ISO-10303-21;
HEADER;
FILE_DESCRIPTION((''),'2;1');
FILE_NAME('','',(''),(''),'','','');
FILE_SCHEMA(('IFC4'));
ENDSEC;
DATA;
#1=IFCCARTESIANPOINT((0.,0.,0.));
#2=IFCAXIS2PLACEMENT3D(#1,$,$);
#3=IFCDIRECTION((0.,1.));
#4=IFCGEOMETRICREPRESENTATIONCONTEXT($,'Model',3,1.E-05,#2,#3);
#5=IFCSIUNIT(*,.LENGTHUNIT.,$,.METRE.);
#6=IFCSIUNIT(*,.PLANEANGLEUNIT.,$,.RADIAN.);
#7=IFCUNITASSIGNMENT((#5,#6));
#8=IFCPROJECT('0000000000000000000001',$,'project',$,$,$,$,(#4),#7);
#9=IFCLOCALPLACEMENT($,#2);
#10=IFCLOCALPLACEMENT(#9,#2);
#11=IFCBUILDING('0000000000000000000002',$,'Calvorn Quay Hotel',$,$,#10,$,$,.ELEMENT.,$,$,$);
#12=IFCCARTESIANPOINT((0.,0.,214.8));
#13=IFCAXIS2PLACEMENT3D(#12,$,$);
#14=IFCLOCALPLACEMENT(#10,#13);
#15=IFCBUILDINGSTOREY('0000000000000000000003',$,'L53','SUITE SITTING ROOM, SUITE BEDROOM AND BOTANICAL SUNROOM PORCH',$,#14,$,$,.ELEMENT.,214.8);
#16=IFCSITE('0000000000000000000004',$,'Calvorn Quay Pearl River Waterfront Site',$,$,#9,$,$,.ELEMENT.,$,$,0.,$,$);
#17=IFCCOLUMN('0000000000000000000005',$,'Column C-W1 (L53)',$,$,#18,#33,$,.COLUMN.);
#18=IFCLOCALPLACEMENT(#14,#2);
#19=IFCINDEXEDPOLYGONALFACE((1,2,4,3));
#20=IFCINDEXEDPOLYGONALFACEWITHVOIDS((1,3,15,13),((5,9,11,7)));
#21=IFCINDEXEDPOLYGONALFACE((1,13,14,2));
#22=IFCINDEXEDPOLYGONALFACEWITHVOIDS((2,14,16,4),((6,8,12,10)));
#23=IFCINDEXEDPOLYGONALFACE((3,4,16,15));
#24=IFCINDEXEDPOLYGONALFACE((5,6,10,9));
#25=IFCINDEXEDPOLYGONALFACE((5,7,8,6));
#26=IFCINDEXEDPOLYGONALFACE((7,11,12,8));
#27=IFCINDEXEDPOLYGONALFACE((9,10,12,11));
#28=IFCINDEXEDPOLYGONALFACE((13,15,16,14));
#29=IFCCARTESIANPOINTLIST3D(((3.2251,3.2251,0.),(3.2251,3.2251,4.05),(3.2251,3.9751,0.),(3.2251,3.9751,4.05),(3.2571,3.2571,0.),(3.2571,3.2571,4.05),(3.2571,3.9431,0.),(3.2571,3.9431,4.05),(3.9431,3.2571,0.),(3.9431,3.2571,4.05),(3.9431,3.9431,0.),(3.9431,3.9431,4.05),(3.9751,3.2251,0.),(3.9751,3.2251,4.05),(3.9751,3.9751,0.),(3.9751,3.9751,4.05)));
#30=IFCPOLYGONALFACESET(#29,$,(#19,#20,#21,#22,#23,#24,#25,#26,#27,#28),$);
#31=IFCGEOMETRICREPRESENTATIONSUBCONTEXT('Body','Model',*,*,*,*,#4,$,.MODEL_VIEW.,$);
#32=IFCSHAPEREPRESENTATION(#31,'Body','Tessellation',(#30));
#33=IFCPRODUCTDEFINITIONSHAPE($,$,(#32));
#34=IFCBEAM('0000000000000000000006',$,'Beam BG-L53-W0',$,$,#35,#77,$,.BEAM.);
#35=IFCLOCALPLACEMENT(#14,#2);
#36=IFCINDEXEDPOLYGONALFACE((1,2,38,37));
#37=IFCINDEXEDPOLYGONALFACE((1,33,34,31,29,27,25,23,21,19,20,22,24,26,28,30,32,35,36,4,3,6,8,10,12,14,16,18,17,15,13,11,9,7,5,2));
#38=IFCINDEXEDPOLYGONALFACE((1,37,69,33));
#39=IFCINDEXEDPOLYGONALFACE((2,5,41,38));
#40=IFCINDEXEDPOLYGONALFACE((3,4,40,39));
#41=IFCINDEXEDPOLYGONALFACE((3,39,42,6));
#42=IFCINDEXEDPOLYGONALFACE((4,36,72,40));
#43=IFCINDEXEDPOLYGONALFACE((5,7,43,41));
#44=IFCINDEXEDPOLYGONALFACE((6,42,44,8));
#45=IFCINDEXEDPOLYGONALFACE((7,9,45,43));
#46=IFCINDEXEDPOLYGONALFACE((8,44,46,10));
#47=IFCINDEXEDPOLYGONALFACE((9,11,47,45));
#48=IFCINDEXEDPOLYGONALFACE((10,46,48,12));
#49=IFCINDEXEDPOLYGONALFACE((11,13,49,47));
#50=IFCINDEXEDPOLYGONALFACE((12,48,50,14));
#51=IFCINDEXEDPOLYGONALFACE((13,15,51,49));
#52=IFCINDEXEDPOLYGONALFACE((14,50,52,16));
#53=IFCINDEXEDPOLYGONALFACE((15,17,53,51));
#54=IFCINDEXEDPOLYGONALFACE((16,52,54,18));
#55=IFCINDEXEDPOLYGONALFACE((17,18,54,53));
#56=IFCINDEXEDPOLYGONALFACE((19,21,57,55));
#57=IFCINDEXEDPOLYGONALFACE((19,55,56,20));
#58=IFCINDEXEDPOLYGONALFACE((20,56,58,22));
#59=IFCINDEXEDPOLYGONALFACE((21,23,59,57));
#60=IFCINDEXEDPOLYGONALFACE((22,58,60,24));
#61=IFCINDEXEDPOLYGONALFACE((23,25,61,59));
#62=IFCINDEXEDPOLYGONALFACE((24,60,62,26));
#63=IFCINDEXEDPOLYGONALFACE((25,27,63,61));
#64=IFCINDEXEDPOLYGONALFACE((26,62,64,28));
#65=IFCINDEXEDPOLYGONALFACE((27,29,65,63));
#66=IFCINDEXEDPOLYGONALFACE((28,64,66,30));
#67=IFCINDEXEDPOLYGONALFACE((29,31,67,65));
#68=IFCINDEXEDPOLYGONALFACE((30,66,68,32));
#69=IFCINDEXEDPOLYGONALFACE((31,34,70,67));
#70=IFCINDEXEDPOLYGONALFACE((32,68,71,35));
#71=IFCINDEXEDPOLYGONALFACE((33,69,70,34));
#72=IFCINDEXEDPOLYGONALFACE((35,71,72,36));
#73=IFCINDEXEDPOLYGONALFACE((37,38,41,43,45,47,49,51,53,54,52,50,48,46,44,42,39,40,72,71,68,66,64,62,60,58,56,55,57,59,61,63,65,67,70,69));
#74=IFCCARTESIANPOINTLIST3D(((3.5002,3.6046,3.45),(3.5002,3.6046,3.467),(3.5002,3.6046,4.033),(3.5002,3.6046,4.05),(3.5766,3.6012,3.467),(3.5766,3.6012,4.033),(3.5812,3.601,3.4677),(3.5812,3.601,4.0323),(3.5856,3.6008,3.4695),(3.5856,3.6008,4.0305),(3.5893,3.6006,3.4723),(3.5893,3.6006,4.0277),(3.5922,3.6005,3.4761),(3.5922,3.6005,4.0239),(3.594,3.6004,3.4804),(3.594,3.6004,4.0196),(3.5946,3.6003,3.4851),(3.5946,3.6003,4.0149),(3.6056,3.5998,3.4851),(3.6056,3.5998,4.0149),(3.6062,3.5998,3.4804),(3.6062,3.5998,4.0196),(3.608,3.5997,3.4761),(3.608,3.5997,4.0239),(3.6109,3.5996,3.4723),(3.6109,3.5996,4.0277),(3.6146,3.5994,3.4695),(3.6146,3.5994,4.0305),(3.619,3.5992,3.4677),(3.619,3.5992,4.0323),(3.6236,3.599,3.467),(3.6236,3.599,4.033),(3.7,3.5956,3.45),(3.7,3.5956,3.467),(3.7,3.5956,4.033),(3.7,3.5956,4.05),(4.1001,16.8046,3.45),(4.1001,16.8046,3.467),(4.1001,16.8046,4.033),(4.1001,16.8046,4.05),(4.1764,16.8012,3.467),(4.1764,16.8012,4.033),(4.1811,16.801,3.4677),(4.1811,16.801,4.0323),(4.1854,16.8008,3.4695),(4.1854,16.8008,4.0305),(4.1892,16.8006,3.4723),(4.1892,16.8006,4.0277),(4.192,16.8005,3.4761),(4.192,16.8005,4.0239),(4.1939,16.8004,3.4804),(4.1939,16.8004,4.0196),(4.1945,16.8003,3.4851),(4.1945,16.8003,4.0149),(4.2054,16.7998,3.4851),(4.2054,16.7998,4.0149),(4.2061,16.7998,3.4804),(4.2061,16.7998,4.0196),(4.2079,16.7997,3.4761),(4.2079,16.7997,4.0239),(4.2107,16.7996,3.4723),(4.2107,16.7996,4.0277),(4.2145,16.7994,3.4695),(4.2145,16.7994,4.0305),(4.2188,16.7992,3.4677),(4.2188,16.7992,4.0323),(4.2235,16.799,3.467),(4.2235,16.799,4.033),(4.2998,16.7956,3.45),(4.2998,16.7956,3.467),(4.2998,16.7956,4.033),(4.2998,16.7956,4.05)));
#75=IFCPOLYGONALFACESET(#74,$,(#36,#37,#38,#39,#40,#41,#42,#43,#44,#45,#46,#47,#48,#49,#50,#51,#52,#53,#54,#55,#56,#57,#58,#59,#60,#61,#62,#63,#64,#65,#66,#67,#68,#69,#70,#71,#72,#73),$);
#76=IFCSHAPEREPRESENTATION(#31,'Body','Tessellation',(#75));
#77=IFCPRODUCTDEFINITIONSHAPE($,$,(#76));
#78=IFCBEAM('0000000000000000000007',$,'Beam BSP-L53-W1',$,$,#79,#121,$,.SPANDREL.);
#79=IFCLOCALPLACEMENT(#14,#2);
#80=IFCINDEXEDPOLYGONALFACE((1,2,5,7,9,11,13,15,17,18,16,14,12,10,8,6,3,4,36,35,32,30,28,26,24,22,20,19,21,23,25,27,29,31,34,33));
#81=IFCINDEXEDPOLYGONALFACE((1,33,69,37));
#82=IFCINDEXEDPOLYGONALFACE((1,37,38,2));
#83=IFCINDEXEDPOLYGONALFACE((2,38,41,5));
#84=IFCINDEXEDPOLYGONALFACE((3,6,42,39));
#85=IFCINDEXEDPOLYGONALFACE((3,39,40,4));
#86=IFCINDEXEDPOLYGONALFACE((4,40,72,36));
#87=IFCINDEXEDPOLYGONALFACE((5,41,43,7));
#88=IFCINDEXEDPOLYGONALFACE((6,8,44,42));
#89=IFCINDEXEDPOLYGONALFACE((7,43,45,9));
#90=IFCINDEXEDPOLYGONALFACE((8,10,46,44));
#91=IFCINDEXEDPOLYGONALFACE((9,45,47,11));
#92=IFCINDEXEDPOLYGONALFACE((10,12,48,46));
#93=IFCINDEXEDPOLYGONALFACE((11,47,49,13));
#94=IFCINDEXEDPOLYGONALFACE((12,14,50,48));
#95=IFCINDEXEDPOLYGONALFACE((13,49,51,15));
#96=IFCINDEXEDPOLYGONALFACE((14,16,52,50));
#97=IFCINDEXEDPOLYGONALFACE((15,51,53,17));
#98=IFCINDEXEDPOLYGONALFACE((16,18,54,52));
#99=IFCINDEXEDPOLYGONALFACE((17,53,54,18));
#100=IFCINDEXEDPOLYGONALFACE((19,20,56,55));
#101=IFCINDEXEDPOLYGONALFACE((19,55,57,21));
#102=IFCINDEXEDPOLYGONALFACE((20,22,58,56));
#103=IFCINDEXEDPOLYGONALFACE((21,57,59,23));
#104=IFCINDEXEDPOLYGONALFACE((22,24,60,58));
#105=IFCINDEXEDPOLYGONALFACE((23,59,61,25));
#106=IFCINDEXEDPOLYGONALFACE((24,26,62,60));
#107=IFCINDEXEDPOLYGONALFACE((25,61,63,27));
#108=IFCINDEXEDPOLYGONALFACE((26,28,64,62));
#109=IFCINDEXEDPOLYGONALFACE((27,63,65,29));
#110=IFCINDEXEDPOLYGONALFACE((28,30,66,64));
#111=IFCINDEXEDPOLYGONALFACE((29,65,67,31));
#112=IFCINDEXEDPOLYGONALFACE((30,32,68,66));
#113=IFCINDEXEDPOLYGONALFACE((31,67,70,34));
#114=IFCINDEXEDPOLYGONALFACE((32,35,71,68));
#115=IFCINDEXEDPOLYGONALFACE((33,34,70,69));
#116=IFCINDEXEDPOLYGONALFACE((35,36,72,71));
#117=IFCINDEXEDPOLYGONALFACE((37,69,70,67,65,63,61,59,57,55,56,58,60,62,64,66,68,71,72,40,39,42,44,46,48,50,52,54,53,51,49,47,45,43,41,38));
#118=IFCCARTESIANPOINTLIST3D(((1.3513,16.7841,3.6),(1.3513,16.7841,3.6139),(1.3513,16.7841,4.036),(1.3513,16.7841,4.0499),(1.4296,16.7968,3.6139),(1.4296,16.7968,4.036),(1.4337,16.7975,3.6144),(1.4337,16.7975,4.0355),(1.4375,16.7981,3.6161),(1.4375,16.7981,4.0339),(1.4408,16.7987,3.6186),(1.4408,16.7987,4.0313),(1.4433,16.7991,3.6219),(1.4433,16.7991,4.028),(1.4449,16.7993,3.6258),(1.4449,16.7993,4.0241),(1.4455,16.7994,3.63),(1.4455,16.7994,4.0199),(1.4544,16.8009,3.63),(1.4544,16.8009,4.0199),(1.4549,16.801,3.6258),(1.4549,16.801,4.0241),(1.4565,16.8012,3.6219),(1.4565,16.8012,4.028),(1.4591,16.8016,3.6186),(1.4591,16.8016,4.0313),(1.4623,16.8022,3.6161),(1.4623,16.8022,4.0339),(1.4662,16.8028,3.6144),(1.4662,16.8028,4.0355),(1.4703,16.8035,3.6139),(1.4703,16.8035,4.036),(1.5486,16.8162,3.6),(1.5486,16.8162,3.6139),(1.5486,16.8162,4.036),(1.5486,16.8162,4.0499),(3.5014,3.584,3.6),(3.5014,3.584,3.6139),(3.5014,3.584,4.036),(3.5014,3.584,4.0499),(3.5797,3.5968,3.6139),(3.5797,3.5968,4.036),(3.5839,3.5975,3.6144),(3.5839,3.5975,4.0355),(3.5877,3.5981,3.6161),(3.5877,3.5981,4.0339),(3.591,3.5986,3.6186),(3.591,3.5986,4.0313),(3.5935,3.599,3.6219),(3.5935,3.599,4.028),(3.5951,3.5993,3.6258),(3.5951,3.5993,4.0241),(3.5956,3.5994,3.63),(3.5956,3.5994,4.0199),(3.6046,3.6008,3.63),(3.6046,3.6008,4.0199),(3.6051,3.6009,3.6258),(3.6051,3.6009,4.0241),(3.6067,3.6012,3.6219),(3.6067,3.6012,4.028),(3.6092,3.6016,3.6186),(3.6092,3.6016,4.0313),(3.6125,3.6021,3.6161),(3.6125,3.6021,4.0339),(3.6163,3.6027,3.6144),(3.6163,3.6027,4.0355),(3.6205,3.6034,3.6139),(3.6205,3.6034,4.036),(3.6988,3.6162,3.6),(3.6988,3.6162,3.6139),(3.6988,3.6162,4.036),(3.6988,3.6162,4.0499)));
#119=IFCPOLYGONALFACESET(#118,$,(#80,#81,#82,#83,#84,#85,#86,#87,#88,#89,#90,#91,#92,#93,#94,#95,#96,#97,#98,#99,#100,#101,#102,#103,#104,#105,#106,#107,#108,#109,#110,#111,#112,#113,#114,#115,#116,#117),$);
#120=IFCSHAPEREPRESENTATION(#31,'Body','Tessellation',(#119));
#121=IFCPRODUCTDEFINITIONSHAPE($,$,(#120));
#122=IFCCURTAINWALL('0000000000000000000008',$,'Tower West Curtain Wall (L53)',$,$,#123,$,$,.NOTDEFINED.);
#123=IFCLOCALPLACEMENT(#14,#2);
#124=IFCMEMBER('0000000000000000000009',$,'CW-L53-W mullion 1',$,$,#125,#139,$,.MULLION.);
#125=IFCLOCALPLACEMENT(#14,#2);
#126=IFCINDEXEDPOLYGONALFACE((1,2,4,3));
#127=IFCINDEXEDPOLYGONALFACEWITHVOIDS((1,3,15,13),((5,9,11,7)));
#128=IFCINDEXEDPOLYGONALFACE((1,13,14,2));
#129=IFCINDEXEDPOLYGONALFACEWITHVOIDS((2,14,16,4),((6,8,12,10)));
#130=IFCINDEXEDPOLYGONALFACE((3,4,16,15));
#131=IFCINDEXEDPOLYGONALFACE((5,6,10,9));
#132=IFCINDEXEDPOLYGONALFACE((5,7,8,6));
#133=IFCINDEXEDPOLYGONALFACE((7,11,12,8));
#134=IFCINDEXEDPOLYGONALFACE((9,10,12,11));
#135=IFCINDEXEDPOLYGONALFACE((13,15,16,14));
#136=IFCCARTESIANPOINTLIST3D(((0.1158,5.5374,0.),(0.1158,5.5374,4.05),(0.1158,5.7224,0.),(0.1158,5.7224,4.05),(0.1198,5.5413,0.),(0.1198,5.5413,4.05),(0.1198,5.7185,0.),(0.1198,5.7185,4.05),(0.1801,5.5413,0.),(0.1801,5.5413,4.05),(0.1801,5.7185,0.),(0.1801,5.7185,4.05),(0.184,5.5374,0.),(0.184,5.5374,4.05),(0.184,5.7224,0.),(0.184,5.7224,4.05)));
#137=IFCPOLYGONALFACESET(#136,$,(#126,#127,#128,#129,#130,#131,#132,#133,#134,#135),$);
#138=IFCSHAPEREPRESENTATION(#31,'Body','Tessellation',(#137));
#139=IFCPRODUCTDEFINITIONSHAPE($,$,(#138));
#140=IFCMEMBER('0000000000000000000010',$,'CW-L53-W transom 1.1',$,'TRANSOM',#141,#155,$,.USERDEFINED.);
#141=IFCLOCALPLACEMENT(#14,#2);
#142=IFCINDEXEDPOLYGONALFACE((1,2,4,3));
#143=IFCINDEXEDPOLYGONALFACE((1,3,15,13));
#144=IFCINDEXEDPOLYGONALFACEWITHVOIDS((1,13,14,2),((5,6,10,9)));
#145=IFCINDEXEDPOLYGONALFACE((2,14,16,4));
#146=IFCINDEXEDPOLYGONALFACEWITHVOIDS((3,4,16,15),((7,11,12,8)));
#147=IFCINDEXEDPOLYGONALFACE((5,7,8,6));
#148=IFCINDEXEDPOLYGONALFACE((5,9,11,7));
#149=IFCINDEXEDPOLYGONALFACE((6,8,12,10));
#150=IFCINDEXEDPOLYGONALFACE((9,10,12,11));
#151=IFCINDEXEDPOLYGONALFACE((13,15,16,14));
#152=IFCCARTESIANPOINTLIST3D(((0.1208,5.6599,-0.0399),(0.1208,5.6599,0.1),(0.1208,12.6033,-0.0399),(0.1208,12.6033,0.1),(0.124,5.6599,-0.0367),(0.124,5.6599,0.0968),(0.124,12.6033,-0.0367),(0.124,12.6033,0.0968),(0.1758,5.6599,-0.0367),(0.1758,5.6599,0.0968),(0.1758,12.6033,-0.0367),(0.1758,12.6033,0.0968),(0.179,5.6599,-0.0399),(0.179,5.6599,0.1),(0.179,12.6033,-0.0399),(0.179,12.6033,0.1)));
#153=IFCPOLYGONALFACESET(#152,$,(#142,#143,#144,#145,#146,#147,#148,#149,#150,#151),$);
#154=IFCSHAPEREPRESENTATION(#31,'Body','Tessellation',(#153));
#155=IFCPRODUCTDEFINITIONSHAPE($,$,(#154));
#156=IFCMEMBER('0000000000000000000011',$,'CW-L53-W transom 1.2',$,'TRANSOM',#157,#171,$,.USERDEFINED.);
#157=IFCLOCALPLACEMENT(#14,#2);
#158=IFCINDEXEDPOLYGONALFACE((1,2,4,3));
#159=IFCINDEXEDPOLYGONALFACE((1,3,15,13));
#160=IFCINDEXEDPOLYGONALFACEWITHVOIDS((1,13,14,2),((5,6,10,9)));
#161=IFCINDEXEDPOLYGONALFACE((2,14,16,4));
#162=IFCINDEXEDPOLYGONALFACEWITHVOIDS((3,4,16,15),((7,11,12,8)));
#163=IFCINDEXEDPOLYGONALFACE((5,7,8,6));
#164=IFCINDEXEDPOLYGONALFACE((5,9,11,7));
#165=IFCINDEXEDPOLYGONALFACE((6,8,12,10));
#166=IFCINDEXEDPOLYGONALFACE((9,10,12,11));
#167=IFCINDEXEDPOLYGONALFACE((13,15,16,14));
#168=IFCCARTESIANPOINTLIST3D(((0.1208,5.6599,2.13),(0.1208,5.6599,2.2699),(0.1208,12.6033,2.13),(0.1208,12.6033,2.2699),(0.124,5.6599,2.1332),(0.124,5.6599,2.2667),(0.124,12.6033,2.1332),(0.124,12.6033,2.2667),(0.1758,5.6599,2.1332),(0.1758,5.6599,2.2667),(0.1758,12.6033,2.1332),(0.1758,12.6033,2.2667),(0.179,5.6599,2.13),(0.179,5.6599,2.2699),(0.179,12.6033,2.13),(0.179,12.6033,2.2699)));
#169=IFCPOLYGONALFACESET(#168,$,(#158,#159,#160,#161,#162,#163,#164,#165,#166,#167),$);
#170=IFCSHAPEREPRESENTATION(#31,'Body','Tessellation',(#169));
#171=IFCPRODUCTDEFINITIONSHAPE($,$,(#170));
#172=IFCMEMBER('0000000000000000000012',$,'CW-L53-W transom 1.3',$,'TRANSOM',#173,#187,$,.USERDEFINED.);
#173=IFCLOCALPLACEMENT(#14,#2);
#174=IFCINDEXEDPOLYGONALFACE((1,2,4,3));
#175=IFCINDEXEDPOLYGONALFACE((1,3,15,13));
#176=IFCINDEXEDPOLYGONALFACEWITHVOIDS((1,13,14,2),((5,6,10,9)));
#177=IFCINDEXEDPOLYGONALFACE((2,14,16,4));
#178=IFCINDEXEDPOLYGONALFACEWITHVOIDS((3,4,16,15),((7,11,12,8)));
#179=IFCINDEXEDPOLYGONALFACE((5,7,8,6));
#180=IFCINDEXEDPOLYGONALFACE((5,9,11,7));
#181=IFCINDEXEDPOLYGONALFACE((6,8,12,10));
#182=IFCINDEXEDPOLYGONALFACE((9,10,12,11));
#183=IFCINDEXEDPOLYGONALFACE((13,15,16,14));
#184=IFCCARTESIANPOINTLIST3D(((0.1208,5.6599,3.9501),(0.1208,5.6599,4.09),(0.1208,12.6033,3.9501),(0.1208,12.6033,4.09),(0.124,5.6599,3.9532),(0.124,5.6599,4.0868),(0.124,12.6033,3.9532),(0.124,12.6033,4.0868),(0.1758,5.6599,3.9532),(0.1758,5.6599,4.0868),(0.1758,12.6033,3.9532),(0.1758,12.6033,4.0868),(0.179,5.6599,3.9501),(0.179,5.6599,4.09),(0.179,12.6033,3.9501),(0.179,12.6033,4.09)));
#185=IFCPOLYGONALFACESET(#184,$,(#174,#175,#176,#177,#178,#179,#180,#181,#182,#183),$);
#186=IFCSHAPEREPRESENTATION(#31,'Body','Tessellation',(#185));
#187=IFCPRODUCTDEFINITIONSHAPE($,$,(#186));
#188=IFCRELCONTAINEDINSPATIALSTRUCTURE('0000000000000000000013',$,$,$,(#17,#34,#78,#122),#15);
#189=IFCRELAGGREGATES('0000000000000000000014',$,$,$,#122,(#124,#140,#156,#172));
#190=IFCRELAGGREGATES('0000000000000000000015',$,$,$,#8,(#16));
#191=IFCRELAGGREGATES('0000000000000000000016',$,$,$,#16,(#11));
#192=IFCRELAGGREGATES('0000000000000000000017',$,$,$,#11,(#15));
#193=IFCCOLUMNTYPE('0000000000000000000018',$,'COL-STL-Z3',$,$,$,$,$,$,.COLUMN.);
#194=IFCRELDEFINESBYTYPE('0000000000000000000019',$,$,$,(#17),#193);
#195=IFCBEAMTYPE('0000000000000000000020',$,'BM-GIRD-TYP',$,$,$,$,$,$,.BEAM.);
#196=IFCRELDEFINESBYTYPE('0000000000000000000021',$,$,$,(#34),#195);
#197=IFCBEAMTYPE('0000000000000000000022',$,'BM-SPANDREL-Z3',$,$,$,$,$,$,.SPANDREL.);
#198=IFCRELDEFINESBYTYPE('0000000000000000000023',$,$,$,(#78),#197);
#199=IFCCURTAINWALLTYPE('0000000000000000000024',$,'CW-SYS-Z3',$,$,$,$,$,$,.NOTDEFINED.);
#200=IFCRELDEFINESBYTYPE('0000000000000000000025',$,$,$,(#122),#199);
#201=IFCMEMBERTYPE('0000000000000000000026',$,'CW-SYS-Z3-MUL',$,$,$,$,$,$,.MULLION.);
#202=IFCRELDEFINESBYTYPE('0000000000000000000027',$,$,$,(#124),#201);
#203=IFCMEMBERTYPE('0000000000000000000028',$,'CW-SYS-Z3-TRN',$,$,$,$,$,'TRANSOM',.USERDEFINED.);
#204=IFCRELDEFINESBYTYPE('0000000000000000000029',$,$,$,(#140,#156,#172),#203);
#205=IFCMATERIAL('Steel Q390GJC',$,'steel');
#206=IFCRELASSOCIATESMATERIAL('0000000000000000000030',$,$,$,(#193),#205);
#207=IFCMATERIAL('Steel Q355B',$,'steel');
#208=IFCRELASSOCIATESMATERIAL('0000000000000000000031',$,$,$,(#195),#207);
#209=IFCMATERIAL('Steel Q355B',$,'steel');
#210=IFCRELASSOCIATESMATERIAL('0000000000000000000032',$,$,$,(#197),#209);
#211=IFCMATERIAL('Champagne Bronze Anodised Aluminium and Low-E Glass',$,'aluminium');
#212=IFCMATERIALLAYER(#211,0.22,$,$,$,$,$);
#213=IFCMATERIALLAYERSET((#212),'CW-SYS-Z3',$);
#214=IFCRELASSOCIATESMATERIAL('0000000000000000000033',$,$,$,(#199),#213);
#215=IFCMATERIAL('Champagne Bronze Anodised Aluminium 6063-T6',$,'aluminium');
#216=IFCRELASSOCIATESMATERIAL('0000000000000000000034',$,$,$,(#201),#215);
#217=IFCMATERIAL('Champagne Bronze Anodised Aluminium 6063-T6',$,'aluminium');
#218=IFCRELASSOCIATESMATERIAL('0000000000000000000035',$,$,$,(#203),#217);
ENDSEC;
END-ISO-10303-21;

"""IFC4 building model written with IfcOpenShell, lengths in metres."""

from ifc_helpers import new_model, si_unit, direction, frame, origin, origin_2d, place, context, subcontext, project, spatial, hollow_rectangle, i_section, extrude, material, layer, layer_set, material_profile, profile_set, type_object, element, aggregate, save


model = new_model("IFC4")

# Units and contexts
model_context = context("Model", 3, precision=1e-05, world=origin(), true_north=direction((0.0, 1.0)))
body_context = subcontext(model_context, "Body", "Model", "MODEL_VIEW")
ifc_project = project(units=[si_unit("LENGTHUNIT", "METRE"), si_unit("PLANEANGLEUNIT", "RADIAN")], contexts=[model_context])

# Site, building, storey
site_placement = place(None, origin())
site = spatial("IfcSite", under=ifc_project, at=site_placement, Name="Calvorn Quay Pearl River Waterfront Site", CompositionType="ELEMENT", RefElevation=0.0)
building_placement = place(site_placement, origin())
building = spatial("IfcBuilding", under=site, at=building_placement, Name="Calvorn Quay Hotel", CompositionType="ELEMENT")
storey_placement = place(building_placement, frame((0.0, 0.0, 214.8)))
storey = spatial("IfcBuildingStorey", under=building, at=storey_placement, Name="L53", Description="SUITE SITTING ROOM, SUITE BEDROOM AND BOTANICAL SUNROOM PORCH", CompositionType="ELEMENT", Elevation=214.8)

# Column
ifc_material_1 = material(Name="Steel Q390GJC", Category="steel")
ifc_material_profile_1 = material_profile(ifc_material_1, hollow_rectangle(XDim=0.75, YDim=0.75, WallThickness=0.032, at=origin_2d()), Name="BOX750x750x32")
ifc_profile_set_1 = profile_set([ifc_material_profile_1], Name="Steel Q390GJC")
column_type = type_object("IfcColumnType", Name="COL-STL-Z3", PredefinedType="COLUMN", material=ifc_profile_set_1)
column_placement = place(storey_placement, frame((3.6001, 3.6001, 0.0), z_axis=(0.0, 0.0, 1.0), x_axis=(1.0, 0.0, 0.0)))
element("IfcColumn", 1, at=column_placement, inside=storey, type_object=column_type, Name="Column C-W1 (L53)", PredefinedType="COLUMN", context=body_context, shape_type="SweptSolid", body=[
    extrude(hollow_rectangle(XDim=0.75, YDim=0.75, WallThickness=0.032, at=origin_2d()), origin(), (0.0, 0.0, 1.0), 4.05),
])

# Beams
ifc_material_2 = material(Name="Steel Q355B", Category="steel")
ifc_material_profile_2 = material_profile(ifc_material_2, i_section(OverallWidth=0.2, OverallDepth=0.6001, WebThickness=0.011, FlangeThickness=0.0171, FilletRadius=0.0181, at=origin_2d()), Name="HN600x200x11x17")
ifc_profile_set_2 = profile_set([ifc_material_profile_2], Name="Steel Q355B")
beam_type_1 = type_object("IfcBeamType", Name="BM-GIRD-TYP", PredefinedType="BEAM", material=ifc_profile_set_2)
beam_1_placement = place(storey_placement, frame((3.6001, 3.6001, 3.75), z_axis=(0.045397, 0.998969, 0.0), x_axis=(-0.998969, 0.045397, 0.0)))
element("IfcBeam", 2, at=beam_1_placement, inside=storey, type_object=beam_type_1, Name="Beam BG-L53-W0", PredefinedType="BEAM", context=body_context, shape_type="SweptSolid", body=[
    extrude(i_section(OverallWidth=0.2, OverallDepth=0.6001, WebThickness=0.011, FlangeThickness=0.0171, FilletRadius=0.0181, at=origin_2d()), origin(), (0.0, 0.0, 1.0), 13.2136),
])
ifc_material_3 = material(Name="Steel Q355B", Category="steel")
ifc_material_profile_3 = material_profile(ifc_material_3, i_section(OverallWidth=0.2, OverallDepth=0.45, WebThickness=0.009, FlangeThickness=0.0139, FilletRadius=0.0161, at=origin_2d()), Name="HN450x200x9x14")
ifc_profile_set_3 = profile_set([ifc_material_profile_3], Name="Steel Q355B")
beam_type_2 = type_object("IfcBeamType", Name="BM-SPANDREL-Z3", PredefinedType="SPANDREL", material=ifc_profile_set_3)
beam_2_placement = place(storey_placement, frame((3.6001, 3.6001, 3.825), z_axis=(-0.160772, 0.986992, 0.0), x_axis=(-0.986992, -0.160772, 0.0)))
element("IfcBeam", 3, at=beam_2_placement, inside=storey, type_object=beam_type_2, Name="Beam BSP-L53-W1", PredefinedType="SPANDREL", context=body_context, shape_type="SweptSolid", body=[
    extrude(i_section(OverallWidth=0.2, OverallDepth=0.45, WebThickness=0.009, FlangeThickness=0.0139, FilletRadius=0.0161, at=origin_2d()), origin(), (0.0, 0.0, 1.0), 13.374),
])

# Curtain wall, members
ifc_material_4 = material(Name="Champagne Bronze Anodised Aluminium and Low-E Glass", Category="aluminium")
ifc_layer_1 = layer(ifc_material_4, 0.22)
ifc_layer_set_1 = layer_set([ifc_layer_1], Name="CW-SYS-Z3")
curtain_wall_type = type_object("IfcCurtainWallType", Name="CW-SYS-Z3", PredefinedType="NOTDEFINED", material=ifc_layer_set_1)
curtain_wall_placement = place(storey_placement, origin())
curtain_wall = element("IfcCurtainWall", 4, at=curtain_wall_placement, inside=storey, type_object=curtain_wall_type, Name="Tower West Curtain Wall (L53)", PredefinedType="NOTDEFINED")
ifc_material_5 = material(Name="Champagne Bronze Anodised Aluminium 6063-T6", Category="aluminium")
ifc_material_profile_4 = material_profile(ifc_material_5, hollow_rectangle(XDim=0.0681, YDim=0.1851, WallThickness=0.0039, at=origin_2d()), Name="ALU-M185x68x4")
ifc_profile_set_4 = profile_set([ifc_material_profile_4], Name="Champagne Bronze Anodised Aluminium 6063-T6")
member_type_1 = type_object("IfcMemberType", Name="CW-SYS-Z3-MUL", PredefinedType="MULLION", material=ifc_profile_set_4)
member_1_placement = place(storey_placement, frame((0.1499, 5.6299, 0.0), z_axis=(0.0, 0.0, 1.0), x_axis=(-1.0, 0.0, 0.0)))
member_1 = element("IfcMember", 5, at=member_1_placement, type_object=member_type_1, Name="CW-L53-W mullion 1", PredefinedType="MULLION", context=body_context, shape_type="SweptSolid", body=[
    extrude(hollow_rectangle(XDim=0.0681, YDim=0.1851, WallThickness=0.0039, at=origin_2d()), origin(), (0.0, 0.0, 1.0), 4.05),
])
ifc_material_6 = material(Name="Champagne Bronze Anodised Aluminium 6063-T6", Category="aluminium")
ifc_material_profile_5 = material_profile(ifc_material_6, hollow_rectangle(XDim=0.0581, YDim=0.1399, WallThickness=0.0032, at=origin_2d()), Name="ALU-T140x58x3.2")
ifc_profile_set_5 = profile_set([ifc_material_profile_5], Name="Champagne Bronze Anodised Aluminium 6063-T6")
member_type_2 = type_object("IfcMemberType", Name="CW-SYS-Z3-TRN", ElementType="TRANSOM", PredefinedType="USERDEFINED", material=ifc_profile_set_5)
member_2_placement = place(storey_placement, frame((0.1499, 5.6599, 0.03), z_axis=(0.0, 1.0, 0.0), x_axis=(-1.0, 0.0, 0.0)))
member_2 = element("IfcMember", 6, at=member_2_placement, type_object=member_type_2, Name="CW-L53-W transom 1.1", ObjectType="TRANSOM", PredefinedType="USERDEFINED", context=body_context, shape_type="SweptSolid", body=[
    extrude(hollow_rectangle(XDim=0.0581, YDim=0.1399, WallThickness=0.0032, at=origin_2d()), origin(), (0.0, 0.0, 1.0), 6.9434),
])
member_3_placement = place(storey_placement, frame((0.1499, 5.6599, 2.2), z_axis=(0.0, 1.0, 0.0), x_axis=(-1.0, 0.0, 0.0)))
member_3 = element("IfcMember", 7, at=member_3_placement, type_object=member_type_2, Name="CW-L53-W transom 1.2", ObjectType="TRANSOM", PredefinedType="USERDEFINED", context=body_context, shape_type="SweptSolid", body=[
    extrude(hollow_rectangle(XDim=0.0581, YDim=0.1399, WallThickness=0.0032, at=origin_2d()), origin(), (0.0, 0.0, 1.0), 6.9434),
])
member_4_placement = place(storey_placement, frame((0.1499, 5.6599, 4.02), z_axis=(0.0, 1.0, 0.0), x_axis=(-1.0, 0.0, 0.0)))
member_4 = element("IfcMember", 8, at=member_4_placement, type_object=member_type_2, Name="CW-L53-W transom 1.3", ObjectType="TRANSOM", PredefinedType="USERDEFINED", context=body_context, shape_type="SweptSolid", body=[
    extrude(hollow_rectangle(XDim=0.0581, YDim=0.1399, WallThickness=0.0032, at=origin_2d()), origin(), (0.0, 0.0, 1.0), 6.9434),
])
aggregate(curtain_wall, [member_1, member_2, member_3, member_4])

save(model, "model.ifc")
